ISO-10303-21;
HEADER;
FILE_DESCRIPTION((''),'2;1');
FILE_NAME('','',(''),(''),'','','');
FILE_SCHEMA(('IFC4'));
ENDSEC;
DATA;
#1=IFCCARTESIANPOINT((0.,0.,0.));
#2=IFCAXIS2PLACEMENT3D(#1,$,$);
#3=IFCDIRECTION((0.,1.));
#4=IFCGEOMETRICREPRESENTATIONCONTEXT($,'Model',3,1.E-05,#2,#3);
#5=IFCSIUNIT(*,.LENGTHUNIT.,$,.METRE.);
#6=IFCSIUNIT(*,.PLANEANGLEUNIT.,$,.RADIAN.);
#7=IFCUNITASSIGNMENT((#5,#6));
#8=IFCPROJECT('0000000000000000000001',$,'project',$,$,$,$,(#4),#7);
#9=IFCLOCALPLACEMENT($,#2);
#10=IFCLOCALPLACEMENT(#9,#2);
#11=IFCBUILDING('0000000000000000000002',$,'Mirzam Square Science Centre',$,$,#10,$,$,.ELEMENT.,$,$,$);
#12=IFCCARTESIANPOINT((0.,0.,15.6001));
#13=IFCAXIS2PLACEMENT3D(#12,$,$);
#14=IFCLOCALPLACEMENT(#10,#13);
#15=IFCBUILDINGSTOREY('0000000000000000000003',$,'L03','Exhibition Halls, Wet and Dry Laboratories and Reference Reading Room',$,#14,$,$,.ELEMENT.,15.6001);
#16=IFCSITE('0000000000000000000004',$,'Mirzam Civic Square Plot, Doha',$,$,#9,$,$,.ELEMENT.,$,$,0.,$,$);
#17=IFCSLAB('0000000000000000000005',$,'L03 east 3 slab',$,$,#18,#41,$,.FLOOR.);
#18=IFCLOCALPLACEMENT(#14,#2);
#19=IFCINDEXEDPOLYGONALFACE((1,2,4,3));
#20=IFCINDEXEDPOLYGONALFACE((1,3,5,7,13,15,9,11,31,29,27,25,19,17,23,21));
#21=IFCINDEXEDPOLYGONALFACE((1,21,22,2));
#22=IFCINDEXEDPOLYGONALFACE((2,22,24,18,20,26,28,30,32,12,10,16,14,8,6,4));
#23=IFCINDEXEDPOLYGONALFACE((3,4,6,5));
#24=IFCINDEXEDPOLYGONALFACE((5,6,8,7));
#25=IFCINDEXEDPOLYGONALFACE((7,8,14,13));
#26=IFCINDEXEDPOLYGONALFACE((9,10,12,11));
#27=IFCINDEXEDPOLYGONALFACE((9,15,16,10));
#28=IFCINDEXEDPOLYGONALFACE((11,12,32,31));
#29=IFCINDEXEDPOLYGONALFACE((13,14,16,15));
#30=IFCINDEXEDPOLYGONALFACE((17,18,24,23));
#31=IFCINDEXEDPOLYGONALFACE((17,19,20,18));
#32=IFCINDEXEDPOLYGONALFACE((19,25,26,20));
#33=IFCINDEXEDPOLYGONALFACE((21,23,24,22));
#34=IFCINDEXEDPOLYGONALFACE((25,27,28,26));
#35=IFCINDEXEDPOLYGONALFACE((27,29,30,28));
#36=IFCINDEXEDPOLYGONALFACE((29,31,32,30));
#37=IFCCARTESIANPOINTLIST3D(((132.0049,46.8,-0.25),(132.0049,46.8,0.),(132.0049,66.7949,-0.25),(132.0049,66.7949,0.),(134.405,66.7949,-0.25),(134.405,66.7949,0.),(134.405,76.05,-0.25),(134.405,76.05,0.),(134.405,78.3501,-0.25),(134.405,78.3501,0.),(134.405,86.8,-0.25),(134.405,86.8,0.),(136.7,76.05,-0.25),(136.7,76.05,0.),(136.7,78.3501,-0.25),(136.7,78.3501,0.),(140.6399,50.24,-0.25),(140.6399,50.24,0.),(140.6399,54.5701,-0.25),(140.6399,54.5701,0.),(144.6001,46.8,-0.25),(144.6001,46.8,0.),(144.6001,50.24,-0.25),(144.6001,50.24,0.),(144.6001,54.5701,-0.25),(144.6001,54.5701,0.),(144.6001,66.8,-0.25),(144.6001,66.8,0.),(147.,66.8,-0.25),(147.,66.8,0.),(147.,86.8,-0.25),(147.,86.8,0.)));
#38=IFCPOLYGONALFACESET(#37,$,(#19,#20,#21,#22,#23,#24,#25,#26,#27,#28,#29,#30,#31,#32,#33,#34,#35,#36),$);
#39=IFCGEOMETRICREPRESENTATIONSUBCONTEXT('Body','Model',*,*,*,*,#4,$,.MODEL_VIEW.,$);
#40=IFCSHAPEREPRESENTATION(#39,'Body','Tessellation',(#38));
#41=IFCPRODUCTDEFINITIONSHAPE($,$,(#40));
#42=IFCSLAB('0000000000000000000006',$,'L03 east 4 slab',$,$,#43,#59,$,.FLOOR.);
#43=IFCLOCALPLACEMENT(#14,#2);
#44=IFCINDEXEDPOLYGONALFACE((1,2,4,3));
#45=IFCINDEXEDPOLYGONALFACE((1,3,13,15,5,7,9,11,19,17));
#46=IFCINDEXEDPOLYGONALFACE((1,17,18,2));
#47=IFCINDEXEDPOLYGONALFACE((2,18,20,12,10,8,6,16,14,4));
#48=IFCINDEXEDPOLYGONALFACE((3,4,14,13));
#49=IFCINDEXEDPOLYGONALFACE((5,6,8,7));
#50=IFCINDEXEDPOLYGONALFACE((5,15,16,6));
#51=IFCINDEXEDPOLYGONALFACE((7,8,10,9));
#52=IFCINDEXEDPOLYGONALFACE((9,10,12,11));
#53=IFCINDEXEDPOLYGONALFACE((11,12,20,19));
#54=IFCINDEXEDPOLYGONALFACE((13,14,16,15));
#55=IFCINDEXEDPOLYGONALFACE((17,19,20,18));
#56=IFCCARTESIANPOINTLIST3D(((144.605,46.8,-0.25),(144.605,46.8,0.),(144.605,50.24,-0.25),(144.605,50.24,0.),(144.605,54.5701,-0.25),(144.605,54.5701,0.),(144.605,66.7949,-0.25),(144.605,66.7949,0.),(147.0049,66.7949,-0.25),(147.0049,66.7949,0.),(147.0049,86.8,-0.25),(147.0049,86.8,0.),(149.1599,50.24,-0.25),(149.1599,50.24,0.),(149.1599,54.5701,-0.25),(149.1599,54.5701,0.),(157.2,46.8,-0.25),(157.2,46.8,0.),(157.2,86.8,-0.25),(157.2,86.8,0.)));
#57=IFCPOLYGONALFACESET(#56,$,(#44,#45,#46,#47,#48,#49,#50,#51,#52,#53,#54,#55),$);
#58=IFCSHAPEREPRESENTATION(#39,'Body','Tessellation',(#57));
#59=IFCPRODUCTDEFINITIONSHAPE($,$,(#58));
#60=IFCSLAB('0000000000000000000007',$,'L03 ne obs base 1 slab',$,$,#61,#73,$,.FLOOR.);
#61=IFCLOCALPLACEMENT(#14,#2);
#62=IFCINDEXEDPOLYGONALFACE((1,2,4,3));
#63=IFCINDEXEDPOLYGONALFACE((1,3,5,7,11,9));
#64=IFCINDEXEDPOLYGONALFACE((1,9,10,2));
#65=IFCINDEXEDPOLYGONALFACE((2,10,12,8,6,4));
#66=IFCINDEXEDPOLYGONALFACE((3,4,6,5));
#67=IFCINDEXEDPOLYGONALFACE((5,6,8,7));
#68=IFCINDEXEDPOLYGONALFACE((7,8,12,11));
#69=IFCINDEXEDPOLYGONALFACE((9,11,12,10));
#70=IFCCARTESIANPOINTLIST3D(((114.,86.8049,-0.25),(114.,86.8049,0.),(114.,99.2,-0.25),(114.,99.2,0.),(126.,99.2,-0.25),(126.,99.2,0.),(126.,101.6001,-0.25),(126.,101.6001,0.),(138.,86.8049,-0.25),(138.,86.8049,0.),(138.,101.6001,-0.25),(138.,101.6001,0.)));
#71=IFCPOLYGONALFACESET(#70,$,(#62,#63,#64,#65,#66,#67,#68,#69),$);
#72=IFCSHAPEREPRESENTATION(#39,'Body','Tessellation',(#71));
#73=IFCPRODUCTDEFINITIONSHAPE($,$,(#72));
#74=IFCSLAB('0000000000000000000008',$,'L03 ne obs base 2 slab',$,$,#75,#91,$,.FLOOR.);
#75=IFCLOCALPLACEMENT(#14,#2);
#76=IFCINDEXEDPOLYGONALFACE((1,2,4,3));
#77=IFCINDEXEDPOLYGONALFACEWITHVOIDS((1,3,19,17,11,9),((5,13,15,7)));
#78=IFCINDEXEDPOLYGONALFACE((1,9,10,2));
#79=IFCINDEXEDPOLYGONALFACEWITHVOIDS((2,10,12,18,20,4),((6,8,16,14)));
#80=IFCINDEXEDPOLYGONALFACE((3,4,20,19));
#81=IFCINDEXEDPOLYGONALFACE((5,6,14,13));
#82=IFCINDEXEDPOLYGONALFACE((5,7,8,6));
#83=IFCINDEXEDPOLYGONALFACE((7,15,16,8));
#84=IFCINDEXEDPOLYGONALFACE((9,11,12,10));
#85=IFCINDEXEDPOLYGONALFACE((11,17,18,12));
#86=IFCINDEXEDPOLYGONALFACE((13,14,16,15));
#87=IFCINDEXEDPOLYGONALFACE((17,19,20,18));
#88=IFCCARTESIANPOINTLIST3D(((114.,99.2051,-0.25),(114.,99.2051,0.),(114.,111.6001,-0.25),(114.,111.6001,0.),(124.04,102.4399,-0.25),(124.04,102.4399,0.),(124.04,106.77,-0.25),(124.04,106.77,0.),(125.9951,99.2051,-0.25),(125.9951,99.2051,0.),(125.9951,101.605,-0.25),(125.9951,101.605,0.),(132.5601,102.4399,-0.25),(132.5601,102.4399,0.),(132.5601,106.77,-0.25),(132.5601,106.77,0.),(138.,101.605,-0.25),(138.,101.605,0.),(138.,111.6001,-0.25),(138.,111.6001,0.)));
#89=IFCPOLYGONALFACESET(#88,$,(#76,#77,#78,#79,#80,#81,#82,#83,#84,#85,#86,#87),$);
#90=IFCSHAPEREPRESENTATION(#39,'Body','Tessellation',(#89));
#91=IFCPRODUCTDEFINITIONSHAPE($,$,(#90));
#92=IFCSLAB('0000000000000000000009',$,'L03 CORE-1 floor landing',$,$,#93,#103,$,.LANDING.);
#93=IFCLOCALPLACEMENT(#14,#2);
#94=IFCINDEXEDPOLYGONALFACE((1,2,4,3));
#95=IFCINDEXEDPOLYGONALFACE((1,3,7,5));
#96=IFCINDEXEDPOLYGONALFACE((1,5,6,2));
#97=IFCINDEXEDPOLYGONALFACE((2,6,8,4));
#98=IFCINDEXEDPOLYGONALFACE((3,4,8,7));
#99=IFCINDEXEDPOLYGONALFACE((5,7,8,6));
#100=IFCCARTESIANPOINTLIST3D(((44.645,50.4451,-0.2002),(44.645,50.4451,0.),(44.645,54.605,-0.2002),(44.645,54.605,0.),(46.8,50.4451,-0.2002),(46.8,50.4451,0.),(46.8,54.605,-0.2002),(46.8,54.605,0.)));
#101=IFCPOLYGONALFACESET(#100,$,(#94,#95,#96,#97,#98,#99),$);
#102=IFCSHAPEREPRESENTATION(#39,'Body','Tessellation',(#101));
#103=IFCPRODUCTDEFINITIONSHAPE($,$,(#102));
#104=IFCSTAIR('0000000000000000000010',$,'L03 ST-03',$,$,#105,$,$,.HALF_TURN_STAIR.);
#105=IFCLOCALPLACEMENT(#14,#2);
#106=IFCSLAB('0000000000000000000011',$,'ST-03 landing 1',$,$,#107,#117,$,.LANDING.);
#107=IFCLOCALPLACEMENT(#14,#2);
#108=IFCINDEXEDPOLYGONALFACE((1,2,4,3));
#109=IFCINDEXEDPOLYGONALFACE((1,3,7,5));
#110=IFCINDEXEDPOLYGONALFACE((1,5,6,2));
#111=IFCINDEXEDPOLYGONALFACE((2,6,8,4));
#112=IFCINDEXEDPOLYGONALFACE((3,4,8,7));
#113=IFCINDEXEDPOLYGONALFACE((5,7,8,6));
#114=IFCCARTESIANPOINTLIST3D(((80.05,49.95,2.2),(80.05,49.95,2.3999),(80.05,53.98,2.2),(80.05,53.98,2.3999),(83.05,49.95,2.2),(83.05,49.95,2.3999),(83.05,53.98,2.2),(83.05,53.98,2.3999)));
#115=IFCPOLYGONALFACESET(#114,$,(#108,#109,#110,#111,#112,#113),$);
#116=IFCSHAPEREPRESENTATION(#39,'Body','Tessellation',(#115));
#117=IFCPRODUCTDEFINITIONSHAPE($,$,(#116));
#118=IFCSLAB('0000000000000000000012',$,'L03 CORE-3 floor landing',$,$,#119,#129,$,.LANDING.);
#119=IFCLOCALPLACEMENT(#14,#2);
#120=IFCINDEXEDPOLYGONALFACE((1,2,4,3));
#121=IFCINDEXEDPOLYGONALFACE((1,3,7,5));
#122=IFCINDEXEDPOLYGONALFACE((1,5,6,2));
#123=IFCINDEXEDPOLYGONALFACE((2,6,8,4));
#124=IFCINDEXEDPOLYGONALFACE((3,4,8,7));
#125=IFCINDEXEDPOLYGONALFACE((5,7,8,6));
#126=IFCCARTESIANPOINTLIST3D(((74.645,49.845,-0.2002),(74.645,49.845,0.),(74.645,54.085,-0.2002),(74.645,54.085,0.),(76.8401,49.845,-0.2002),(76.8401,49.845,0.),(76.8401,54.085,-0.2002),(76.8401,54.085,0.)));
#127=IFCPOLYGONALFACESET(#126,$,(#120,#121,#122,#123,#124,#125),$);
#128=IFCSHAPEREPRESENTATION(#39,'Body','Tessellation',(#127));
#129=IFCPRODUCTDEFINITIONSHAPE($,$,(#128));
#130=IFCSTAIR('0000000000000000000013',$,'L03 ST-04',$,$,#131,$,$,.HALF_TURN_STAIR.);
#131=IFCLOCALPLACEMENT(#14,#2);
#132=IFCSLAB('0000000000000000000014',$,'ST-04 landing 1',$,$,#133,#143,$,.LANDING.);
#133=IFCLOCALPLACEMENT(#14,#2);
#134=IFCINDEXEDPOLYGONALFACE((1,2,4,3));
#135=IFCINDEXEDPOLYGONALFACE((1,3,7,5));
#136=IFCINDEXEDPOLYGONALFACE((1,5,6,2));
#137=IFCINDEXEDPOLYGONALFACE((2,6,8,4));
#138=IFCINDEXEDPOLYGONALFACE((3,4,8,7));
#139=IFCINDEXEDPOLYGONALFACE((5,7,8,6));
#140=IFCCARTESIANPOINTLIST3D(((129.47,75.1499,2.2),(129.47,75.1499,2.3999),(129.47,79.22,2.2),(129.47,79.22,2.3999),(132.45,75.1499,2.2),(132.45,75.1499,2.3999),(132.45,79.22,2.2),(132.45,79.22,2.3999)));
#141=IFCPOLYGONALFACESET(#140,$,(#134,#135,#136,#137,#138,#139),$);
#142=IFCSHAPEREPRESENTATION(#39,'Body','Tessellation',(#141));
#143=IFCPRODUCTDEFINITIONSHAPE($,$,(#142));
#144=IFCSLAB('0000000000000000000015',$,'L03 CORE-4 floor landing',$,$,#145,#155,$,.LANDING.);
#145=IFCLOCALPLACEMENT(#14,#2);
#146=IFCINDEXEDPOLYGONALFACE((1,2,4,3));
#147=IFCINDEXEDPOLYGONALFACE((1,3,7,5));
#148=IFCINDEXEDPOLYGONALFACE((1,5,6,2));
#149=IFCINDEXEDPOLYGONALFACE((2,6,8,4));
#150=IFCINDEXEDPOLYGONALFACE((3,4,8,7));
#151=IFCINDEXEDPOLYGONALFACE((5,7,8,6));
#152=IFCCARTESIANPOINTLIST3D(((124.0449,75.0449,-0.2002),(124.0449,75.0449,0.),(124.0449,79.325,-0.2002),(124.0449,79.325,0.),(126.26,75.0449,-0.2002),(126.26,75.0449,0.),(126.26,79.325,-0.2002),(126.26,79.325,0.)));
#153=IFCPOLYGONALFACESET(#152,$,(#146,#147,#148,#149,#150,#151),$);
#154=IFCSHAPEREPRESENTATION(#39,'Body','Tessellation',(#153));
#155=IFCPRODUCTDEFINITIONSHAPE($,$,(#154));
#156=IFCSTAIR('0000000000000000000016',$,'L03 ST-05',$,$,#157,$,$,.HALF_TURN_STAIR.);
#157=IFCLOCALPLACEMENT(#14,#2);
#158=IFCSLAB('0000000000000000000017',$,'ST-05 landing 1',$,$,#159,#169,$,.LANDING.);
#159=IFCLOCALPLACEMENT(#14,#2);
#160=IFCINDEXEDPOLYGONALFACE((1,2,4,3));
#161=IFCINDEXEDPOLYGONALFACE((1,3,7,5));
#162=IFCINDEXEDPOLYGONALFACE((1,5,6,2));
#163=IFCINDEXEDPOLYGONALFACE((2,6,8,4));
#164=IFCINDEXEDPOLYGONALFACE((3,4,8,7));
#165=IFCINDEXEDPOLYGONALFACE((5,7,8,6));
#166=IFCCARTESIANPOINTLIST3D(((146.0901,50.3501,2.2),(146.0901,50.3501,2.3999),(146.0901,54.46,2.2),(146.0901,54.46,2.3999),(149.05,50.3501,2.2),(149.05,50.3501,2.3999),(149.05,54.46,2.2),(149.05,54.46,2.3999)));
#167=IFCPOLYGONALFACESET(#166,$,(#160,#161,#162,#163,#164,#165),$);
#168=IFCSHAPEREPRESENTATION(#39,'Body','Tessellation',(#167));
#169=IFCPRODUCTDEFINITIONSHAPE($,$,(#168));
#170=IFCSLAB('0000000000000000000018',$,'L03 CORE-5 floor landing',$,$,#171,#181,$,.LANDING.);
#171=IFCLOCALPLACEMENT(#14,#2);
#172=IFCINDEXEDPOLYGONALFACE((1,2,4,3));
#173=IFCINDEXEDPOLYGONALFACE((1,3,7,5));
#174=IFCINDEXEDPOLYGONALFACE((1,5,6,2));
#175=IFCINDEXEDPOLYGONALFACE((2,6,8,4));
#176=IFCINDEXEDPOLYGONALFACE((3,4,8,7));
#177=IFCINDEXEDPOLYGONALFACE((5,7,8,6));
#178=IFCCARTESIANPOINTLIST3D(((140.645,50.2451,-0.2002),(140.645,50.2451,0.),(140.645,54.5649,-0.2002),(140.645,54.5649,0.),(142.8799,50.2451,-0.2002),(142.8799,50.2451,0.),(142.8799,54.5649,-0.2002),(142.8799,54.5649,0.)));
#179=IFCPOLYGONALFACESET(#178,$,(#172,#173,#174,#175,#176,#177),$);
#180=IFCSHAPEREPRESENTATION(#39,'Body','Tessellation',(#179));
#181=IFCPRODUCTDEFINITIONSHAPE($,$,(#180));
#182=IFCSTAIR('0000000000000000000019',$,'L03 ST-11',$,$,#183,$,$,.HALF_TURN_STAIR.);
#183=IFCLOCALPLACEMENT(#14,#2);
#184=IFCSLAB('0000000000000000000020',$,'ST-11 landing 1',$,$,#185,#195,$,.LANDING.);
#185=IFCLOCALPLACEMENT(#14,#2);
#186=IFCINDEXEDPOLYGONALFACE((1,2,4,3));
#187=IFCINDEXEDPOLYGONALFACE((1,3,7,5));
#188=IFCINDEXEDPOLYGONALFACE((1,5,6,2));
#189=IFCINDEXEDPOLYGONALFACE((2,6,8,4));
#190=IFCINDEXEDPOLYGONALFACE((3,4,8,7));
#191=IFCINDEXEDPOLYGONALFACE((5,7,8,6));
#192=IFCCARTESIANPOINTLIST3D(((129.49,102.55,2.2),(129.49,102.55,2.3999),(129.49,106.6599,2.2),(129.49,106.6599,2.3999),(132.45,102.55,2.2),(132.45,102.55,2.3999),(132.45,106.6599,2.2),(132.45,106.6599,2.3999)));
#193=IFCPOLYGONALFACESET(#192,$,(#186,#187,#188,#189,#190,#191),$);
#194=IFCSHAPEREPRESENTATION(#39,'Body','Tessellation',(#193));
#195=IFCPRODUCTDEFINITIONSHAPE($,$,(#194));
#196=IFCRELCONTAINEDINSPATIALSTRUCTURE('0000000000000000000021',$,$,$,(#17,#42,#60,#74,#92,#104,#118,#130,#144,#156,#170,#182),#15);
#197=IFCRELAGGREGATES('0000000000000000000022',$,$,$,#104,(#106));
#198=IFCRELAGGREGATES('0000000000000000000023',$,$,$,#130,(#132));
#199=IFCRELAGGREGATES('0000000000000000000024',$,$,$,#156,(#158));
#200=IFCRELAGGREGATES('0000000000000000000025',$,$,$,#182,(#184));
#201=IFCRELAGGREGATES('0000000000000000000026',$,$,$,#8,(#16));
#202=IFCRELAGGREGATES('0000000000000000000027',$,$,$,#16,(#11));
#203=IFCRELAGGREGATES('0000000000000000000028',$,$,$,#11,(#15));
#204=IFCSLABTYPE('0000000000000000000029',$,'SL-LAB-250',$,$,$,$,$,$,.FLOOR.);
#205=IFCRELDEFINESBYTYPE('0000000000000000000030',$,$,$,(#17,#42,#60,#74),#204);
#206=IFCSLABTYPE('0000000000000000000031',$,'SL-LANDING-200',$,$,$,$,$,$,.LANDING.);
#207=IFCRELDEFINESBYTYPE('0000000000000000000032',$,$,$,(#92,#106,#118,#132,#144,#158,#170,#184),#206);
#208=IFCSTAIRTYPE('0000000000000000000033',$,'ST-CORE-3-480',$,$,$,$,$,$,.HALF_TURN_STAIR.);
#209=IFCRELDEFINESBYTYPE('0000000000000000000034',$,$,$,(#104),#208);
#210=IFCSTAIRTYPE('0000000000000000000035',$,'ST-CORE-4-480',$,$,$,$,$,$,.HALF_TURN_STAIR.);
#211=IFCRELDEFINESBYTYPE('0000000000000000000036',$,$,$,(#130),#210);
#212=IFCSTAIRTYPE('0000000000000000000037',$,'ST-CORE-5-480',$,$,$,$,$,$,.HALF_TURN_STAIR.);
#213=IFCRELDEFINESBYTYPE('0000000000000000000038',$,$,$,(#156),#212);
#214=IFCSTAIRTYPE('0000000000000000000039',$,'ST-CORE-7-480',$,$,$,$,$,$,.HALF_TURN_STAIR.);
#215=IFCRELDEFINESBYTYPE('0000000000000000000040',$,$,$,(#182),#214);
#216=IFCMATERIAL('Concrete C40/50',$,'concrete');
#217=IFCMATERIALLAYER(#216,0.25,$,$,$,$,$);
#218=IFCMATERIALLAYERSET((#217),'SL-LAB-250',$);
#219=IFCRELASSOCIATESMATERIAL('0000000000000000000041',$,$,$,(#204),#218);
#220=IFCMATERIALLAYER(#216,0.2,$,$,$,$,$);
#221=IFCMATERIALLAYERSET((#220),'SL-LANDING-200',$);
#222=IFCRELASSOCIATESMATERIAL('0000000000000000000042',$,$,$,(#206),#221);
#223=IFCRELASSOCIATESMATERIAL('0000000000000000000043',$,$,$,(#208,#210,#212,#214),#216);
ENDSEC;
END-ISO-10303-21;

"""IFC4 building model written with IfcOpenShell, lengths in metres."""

from ifc_helpers import new_model, si_unit, direction, frame, origin, place, context, subcontext, project, spatial, polyline, outline, extrude, material, layer, layer_set, type_object, element, aggregate, save


model = new_model("IFC4")

# Units and contexts
model_context = context("Model", 3, precision=1e-05, world=origin(), true_north=direction((0.0, 1.0)))
body_context = subcontext(model_context, "Body", "Model", "MODEL_VIEW")
ifc_project = project(units=[si_unit("LENGTHUNIT", "METRE"), si_unit("PLANEANGLEUNIT", "RADIAN")], contexts=[model_context])

# Site, building, storey
site_placement = place(None, origin())
site = spatial("IfcSite", under=ifc_project, at=site_placement, Name="Mirzam Civic Square Plot, Doha", CompositionType="ELEMENT", RefElevation=0.0)
building_placement = place(site_placement, origin())
building = spatial("IfcBuilding", under=site, at=building_placement, Name="Mirzam Square Science Centre", CompositionType="ELEMENT")
storey_placement = place(building_placement, frame((0.0, 0.0, 15.6001)))
storey = spatial("IfcBuildingStorey", under=building, at=storey_placement, Name="L03", Description="Exhibition Halls, Wet and Dry Laboratories and Reference Reading Room", CompositionType="ELEMENT", Elevation=15.6001)

# Slabs
ifc_material_1 = material(Name="Concrete C40/50", Category="concrete")
ifc_layer_1 = layer(ifc_material_1, 0.25)
ifc_layer_set_1 = layer_set([ifc_layer_1], Name="SL-LAB-250")
slab_type_1 = type_object("IfcSlabType", Name="SL-LAB-250", PredefinedType="FLOOR", material=ifc_layer_set_1)
slab_1_placement = place(storey_placement, frame((0.0, 0.0, -0.25)))
element("IfcSlab", 1, at=slab_1_placement, inside=storey, type_object=slab_type_1, Name="L03 east 3 slab", PredefinedType="FLOOR", context=body_context, shape_type="SweptSolid", body=[
    extrude(outline(polyline([(132.0049, 46.8), (132.0049, 66.7949), (134.405, 66.7949), (134.405, 76.05), (136.7, 76.05), (136.7, 78.3501), (134.405, 78.3501), (134.405, 86.8), (147.0, 86.8), (147.0, 66.8), (144.6001, 66.8), (144.6001, 54.5701), (140.6399, 54.5701), (140.6399, 50.24), (144.6001, 50.24), (144.6001, 46.8), (132.0049, 46.8)])), origin(), (0.0, 0.0, 1.0), 0.25),
])
slab_2_placement = place(storey_placement, frame((0.0, 0.0, -0.25)))
element("IfcSlab", 2, at=slab_2_placement, inside=storey, type_object=slab_type_1, Name="L03 east 4 slab", PredefinedType="FLOOR", context=body_context, shape_type="SweptSolid", body=[
    extrude(outline(polyline([(157.2, 86.8), (157.2, 46.8), (144.605, 46.8), (144.605, 50.24), (149.1599, 50.24), (149.1599, 54.5701), (144.605, 54.5701), (144.605, 66.7949), (147.0049, 66.7949), (147.0049, 86.8), (157.2, 86.8)])), origin(), (0.0, 0.0, 1.0), 0.25),
])
slab_3_placement = place(storey_placement, frame((0.0, 0.0, -0.25)))
element("IfcSlab", 3, at=slab_3_placement, inside=storey, type_object=slab_type_1, Name="L03 ne obs base 1 slab", PredefinedType="FLOOR", context=body_context, shape_type="SweptSolid", body=[
    extrude(outline(polyline([(126.0, 99.2), (126.0, 101.6001), (138.0, 101.6001), (138.0, 86.8049), (114.0, 86.8049), (114.0, 99.2), (126.0, 99.2)])), origin(), (0.0, 0.0, 1.0), 0.25),
])
slab_4_placement = place(storey_placement, frame((0.0, 0.0, -0.25)))
element("IfcSlab", 4, at=slab_4_placement, inside=storey, type_object=slab_type_1, Name="L03 ne obs base 2 slab", PredefinedType="FLOOR", context=body_context, shape_type="SweptSolid", body=[
    extrude(outline(polyline([(114.0, 111.6001), (138.0, 111.6001), (138.0, 101.605), (125.9951, 101.605), (125.9951, 99.2051), (114.0, 99.2051), (114.0, 111.6001)]), holes=[polyline([(132.5601, 106.77), (124.04, 106.77), (124.04, 102.4399), (132.5601, 102.4399), (132.5601, 106.77)])]), origin(), (0.0, 0.0, 1.0), 0.25),
])
ifc_layer_2 = layer(ifc_material_1, 0.2)
ifc_layer_set_2 = layer_set([ifc_layer_2], Name="SL-LANDING-200")
slab_type_2 = type_object("IfcSlabType", Name="SL-LANDING-200", PredefinedType="LANDING", material=ifc_layer_set_2)
slab_5_placement = place(storey_placement, frame((0.0, 0.0, -0.2002)))
element("IfcSlab", 5, at=slab_5_placement, inside=storey, type_object=slab_type_2, Name="L03 CORE-1 floor landing", PredefinedType="LANDING", context=body_context, shape_type="SweptSolid", body=[
    extrude(outline(polyline([(46.8, 50.4451), (44.645, 50.4451), (44.645, 54.605), (46.8, 54.605), (46.8, 50.4451)])), origin(), (0.0, 0.0, 1.0), 0.2002),
])

# Stair, slab
stair_type_1 = type_object("IfcStairType", Name="ST-CORE-3-480", PredefinedType="HALF_TURN_STAIR", material=ifc_material_1)
stair_1_placement = place(storey_placement, origin())
stair_1 = element("IfcStair", 6, at=stair_1_placement, inside=storey, type_object=stair_type_1, Name="L03 ST-03", PredefinedType="HALF_TURN_STAIR")
slab_6_placement = place(storey_placement, frame((0.0, 0.0, 2.2)))
slab_6 = element("IfcSlab", 7, at=slab_6_placement, type_object=slab_type_2, Name="ST-03 landing 1", PredefinedType="LANDING", context=body_context, shape_type="SweptSolid", body=[
    extrude(outline(polyline([(80.05, 49.95), (83.05, 49.95), (83.05, 53.98), (80.05, 53.98), (80.05, 49.95)])), origin(), (0.0, 0.0, 1.0), 0.2),
])
aggregate(stair_1, [slab_6])

# Slab
slab_7_placement = place(storey_placement, frame((0.0, 0.0, -0.2002)))
element("IfcSlab", 8, at=slab_7_placement, inside=storey, type_object=slab_type_2, Name="L03 CORE-3 floor landing", PredefinedType="LANDING", context=body_context, shape_type="SweptSolid", body=[
    extrude(outline(polyline([(76.8401, 49.845), (74.645, 49.845), (74.645, 54.085), (76.8401, 54.085), (76.8401, 49.845)])), origin(), (0.0, 0.0, 1.0), 0.2002),
])

# Stair, slab
stair_type_2 = type_object("IfcStairType", Name="ST-CORE-4-480", PredefinedType="HALF_TURN_STAIR", material=ifc_material_1)
stair_2_placement = place(storey_placement, origin())
stair_2 = element("IfcStair", 9, at=stair_2_placement, inside=storey, type_object=stair_type_2, Name="L03 ST-04", PredefinedType="HALF_TURN_STAIR")
slab_8_placement = place(storey_placement, frame((0.0, 0.0, 2.2)))
slab_8 = element("IfcSlab", 10, at=slab_8_placement, type_object=slab_type_2, Name="ST-04 landing 1", PredefinedType="LANDING", context=body_context, shape_type="SweptSolid", body=[
    extrude(outline(polyline([(129.47, 75.1499), (132.45, 75.1499), (132.45, 79.22), (129.47, 79.22), (129.47, 75.1499)])), origin(), (0.0, 0.0, 1.0), 0.2),
])
aggregate(stair_2, [slab_8])

# Slab
slab_9_placement = place(storey_placement, frame((0.0, 0.0, -0.2002)))
element("IfcSlab", 11, at=slab_9_placement, inside=storey, type_object=slab_type_2, Name="L03 CORE-4 floor landing", PredefinedType="LANDING", context=body_context, shape_type="SweptSolid", body=[
    extrude(outline(polyline([(126.26, 75.0449), (124.0449, 75.0449), (124.0449, 79.325), (126.26, 79.325), (126.26, 75.0449)])), origin(), (0.0, 0.0, 1.0), 0.2002),
])

# Stair, slab
stair_type_3 = type_object("IfcStairType", Name="ST-CORE-5-480", PredefinedType="HALF_TURN_STAIR", material=ifc_material_1)
stair_3_placement = place(storey_placement, origin())
stair_3 = element("IfcStair", 12, at=stair_3_placement, inside=storey, type_object=stair_type_3, Name="L03 ST-05", PredefinedType="HALF_TURN_STAIR")
slab_10_placement = place(storey_placement, frame((0.0, 0.0, 2.2)))
slab_10 = element("IfcSlab", 13, at=slab_10_placement, type_object=slab_type_2, Name="ST-05 landing 1", PredefinedType="LANDING", context=body_context, shape_type="SweptSolid", body=[
    extrude(outline(polyline([(146.0901, 50.3501), (149.05, 50.3501), (149.05, 54.46), (146.0901, 54.46), (146.0901, 50.3501)])), origin(), (0.0, 0.0, 1.0), 0.2),
])
aggregate(stair_3, [slab_10])

# Slab
slab_11_placement = place(storey_placement, frame((0.0, 0.0, -0.2002)))
element("IfcSlab", 14, at=slab_11_placement, inside=storey, type_object=slab_type_2, Name="L03 CORE-5 floor landing", PredefinedType="LANDING", context=body_context, shape_type="SweptSolid", body=[
    extrude(outline(polyline([(142.8799, 50.2451), (140.645, 50.2451), (140.645, 54.5649), (142.8799, 54.5649), (142.8799, 50.2451)])), origin(), (0.0, 0.0, 1.0), 0.2002),
])

# Stair, slab
stair_type_4 = type_object("IfcStairType", Name="ST-CORE-7-480", PredefinedType="HALF_TURN_STAIR", material=ifc_material_1)
stair_4_placement = place(storey_placement, origin())
stair_4 = element("IfcStair", 15, at=stair_4_placement, inside=storey, type_object=stair_type_4, Name="L03 ST-11", PredefinedType="HALF_TURN_STAIR")
slab_12_placement = place(storey_placement, frame((0.0, 0.0, 2.2)))
slab_12 = element("IfcSlab", 16, at=slab_12_placement, type_object=slab_type_2, Name="ST-11 landing 1", PredefinedType="LANDING", context=body_context, shape_type="SweptSolid", body=[
    extrude(outline(polyline([(129.49, 102.55), (132.45, 102.55), (132.45, 106.6599), (129.49, 106.6599), (129.49, 102.55)])), origin(), (0.0, 0.0, 1.0), 0.2),
])
aggregate(stair_4, [slab_12])

save(model, "model.ifc")
